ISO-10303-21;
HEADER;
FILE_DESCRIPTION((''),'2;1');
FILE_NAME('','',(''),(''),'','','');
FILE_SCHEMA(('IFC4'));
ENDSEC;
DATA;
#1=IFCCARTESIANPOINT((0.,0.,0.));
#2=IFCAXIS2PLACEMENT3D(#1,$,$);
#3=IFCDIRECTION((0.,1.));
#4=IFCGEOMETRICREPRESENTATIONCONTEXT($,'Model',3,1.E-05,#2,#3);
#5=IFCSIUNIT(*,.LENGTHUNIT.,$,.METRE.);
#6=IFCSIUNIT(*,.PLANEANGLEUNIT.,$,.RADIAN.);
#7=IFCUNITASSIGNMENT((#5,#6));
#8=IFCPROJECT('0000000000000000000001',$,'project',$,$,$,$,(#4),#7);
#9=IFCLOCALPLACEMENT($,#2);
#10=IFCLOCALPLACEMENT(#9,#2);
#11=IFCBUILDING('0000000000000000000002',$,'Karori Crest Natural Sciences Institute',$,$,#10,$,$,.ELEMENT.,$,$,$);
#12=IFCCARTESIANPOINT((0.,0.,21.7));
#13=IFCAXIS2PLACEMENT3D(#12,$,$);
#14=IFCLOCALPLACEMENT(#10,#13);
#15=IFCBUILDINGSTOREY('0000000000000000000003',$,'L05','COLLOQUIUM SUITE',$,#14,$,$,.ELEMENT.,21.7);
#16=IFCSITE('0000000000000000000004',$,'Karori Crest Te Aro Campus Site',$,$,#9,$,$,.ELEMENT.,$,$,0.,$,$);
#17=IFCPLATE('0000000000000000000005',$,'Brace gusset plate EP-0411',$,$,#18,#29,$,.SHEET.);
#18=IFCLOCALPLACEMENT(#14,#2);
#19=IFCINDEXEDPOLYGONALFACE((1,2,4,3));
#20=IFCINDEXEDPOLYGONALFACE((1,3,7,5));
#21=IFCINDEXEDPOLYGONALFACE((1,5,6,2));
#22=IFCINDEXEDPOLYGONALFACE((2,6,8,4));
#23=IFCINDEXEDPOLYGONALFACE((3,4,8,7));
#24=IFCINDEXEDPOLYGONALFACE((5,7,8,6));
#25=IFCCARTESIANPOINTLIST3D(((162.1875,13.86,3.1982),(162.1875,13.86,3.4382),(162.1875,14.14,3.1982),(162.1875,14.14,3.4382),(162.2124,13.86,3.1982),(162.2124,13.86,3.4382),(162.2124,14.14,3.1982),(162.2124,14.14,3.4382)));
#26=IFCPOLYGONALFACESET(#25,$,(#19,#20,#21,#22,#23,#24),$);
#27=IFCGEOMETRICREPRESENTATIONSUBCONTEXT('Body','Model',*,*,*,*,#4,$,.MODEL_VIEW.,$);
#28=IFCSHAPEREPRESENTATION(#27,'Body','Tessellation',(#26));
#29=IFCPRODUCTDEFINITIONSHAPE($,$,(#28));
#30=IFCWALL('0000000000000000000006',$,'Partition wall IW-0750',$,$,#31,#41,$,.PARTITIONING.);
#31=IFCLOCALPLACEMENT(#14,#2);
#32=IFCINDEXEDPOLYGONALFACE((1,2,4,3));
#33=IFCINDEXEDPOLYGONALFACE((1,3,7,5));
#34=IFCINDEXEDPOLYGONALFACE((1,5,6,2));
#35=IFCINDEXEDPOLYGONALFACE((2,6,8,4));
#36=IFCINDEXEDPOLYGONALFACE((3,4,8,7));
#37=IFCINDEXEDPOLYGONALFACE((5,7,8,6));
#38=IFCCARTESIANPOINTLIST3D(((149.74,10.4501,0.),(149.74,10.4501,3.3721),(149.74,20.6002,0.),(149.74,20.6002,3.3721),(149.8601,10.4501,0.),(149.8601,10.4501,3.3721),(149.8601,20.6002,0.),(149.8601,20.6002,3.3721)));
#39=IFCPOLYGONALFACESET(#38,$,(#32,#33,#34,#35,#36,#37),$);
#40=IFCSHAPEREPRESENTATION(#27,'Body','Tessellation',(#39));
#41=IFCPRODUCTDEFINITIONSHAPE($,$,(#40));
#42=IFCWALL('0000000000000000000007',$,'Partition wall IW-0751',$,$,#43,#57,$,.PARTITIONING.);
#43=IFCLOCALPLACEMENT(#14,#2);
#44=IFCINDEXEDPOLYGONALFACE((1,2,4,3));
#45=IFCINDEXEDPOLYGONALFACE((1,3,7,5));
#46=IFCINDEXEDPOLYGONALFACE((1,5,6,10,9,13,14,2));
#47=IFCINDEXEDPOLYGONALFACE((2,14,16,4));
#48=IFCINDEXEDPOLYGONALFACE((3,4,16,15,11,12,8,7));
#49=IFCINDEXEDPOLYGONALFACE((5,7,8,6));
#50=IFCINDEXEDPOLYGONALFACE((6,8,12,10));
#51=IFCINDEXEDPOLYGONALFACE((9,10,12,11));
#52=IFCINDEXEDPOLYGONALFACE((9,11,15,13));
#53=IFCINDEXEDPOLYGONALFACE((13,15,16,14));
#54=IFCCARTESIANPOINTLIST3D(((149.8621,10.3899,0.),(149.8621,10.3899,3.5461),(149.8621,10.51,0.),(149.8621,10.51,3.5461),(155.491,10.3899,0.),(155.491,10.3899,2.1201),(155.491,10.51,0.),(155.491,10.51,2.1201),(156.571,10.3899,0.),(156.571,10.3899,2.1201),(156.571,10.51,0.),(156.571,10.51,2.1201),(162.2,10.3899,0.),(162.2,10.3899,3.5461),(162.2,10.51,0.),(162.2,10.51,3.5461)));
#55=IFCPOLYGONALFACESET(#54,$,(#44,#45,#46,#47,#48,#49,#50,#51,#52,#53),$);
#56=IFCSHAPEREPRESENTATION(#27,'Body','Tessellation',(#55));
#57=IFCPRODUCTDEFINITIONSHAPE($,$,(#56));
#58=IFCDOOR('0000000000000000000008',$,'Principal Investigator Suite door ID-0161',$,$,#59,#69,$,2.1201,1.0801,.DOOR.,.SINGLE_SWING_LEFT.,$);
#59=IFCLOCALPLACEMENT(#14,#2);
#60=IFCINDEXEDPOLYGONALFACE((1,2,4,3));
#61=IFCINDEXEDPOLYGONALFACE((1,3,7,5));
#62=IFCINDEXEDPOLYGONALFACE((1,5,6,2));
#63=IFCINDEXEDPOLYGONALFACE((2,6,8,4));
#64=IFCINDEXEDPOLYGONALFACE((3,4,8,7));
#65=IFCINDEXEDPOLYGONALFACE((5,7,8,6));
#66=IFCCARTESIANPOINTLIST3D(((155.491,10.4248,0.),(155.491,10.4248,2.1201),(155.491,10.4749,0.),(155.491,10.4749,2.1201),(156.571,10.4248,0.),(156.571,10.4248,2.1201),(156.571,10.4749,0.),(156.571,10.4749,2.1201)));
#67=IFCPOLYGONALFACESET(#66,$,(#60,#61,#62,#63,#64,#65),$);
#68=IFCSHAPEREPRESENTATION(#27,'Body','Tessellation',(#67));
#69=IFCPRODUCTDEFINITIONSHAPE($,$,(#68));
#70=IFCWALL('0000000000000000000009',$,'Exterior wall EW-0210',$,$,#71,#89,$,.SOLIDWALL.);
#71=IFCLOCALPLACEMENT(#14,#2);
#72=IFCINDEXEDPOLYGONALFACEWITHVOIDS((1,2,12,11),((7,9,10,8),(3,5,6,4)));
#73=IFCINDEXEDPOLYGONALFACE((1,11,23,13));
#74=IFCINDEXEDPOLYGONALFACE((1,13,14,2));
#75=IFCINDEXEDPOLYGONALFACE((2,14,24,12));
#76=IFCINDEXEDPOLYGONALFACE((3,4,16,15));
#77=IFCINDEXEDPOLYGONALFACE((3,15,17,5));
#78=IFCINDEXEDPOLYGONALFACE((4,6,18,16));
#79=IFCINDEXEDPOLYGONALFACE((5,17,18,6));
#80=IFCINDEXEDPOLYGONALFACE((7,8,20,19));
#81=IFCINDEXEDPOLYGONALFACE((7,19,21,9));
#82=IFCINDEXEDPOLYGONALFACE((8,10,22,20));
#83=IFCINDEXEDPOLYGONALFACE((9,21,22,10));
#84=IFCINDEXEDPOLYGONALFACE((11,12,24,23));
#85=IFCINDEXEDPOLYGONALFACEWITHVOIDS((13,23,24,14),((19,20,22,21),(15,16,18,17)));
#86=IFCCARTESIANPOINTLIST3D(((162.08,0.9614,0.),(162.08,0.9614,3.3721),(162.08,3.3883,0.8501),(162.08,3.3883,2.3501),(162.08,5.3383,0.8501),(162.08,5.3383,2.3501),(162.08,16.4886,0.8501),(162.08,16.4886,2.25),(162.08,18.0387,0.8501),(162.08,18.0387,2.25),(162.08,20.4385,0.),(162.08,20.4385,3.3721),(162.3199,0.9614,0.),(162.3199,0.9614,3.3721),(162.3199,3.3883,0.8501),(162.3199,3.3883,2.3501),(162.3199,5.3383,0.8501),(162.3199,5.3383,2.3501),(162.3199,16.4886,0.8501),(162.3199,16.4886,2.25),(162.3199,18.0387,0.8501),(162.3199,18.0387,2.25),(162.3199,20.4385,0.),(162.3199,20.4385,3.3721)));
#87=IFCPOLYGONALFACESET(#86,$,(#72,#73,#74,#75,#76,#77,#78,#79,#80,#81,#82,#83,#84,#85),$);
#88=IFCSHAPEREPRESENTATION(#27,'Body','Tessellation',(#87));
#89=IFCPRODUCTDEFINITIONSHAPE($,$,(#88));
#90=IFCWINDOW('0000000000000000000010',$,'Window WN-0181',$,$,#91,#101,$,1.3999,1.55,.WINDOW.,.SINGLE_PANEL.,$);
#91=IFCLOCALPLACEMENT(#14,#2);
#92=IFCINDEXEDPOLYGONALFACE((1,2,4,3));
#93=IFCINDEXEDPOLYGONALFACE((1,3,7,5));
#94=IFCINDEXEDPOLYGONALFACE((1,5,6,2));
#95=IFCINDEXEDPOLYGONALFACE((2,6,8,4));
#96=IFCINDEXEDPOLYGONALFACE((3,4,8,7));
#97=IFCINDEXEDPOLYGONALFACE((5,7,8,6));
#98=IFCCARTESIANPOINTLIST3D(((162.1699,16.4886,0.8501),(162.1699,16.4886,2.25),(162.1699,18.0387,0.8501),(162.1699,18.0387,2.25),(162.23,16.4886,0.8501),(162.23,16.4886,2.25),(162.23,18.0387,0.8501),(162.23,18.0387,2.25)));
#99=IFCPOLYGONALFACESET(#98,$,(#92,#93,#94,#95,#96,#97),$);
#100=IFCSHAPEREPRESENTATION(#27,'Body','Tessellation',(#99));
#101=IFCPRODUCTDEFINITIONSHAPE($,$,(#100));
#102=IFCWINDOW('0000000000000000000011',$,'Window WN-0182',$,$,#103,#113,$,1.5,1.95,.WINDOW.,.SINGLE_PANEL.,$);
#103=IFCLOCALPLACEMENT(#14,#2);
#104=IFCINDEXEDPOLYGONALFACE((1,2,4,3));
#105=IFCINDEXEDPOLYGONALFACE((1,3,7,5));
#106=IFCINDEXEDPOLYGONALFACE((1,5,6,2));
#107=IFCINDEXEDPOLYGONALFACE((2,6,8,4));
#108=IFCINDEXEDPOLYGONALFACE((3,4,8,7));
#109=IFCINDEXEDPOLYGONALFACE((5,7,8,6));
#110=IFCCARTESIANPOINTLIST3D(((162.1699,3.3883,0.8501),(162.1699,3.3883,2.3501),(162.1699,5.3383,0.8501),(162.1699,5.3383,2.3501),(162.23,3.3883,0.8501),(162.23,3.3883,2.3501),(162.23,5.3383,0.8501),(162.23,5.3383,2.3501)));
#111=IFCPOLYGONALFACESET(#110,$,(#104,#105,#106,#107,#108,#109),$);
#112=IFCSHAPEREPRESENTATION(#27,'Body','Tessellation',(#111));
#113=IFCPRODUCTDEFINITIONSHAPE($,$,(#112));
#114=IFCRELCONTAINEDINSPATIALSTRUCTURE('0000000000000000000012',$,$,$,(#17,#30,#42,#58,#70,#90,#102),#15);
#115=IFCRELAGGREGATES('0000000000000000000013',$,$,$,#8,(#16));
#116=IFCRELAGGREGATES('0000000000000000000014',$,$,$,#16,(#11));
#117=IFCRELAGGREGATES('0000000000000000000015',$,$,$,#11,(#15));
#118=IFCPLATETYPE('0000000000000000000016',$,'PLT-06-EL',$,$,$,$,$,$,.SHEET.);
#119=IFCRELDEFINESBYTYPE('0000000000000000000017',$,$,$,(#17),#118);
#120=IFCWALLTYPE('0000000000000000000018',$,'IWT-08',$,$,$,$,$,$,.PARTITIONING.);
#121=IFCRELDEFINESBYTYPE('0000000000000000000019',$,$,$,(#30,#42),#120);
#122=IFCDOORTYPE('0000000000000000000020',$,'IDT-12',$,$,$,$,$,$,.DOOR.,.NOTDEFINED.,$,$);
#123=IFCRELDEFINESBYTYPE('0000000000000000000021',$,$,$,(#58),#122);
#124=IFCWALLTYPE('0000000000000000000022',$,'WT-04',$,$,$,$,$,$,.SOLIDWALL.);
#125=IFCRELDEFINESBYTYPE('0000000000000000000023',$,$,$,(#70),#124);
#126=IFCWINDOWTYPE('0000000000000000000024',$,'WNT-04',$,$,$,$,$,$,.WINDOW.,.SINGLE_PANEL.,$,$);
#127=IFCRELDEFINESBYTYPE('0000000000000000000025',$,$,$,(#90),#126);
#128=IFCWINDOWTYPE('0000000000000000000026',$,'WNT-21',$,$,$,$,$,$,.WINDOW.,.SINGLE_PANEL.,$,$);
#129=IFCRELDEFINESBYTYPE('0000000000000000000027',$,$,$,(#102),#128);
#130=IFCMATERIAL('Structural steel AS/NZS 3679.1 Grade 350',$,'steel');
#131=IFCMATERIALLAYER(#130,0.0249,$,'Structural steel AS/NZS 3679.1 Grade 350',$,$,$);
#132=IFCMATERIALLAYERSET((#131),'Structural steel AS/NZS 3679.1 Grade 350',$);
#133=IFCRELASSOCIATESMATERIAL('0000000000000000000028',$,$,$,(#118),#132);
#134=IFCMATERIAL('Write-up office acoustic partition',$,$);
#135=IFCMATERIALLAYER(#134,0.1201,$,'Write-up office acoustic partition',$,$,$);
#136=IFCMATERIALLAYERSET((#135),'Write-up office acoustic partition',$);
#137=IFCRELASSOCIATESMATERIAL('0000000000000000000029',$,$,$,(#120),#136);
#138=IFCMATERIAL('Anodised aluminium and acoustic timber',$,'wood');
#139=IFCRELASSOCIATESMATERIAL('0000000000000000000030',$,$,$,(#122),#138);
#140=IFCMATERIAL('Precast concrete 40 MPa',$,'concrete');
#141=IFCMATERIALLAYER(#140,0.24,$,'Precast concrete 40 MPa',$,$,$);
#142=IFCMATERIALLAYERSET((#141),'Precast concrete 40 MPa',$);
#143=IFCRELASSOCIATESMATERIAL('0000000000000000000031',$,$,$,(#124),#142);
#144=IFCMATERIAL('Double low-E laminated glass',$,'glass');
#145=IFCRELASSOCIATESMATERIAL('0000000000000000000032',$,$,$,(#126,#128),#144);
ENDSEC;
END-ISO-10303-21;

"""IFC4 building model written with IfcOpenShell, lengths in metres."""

from ifc_helpers import new_model, si_unit, direction, frame, frame_2d, origin, origin_2d, place, context, subcontext, project, spatial, rectangle, extrude, material, layer, layer_set, type_object, element, fill, save


model = new_model("IFC4")

# Units and contexts
model_context = context("Model", 3, precision=1e-05, world=origin(), true_north=direction((0.0, 1.0)))
body_context = subcontext(model_context, "Body", "Model", "MODEL_VIEW")
ifc_project = project(units=[si_unit("LENGTHUNIT", "METRE"), si_unit("PLANEANGLEUNIT", "RADIAN")], contexts=[model_context])

# Site, building, storey
site_placement = place(None, origin())
site = spatial("IfcSite", under=ifc_project, at=site_placement, Name="Karori Crest Te Aro Campus Site", CompositionType="ELEMENT", RefElevation=0.0)
building_placement = place(site_placement, origin())
building = spatial("IfcBuilding", under=site, at=building_placement, Name="Karori Crest Natural Sciences Institute", CompositionType="ELEMENT")
storey_placement = place(building_placement, frame((0.0, 0.0, 21.7)))
storey = spatial("IfcBuildingStorey", under=building, at=storey_placement, Name="L05", Description="COLLOQUIUM SUITE", CompositionType="ELEMENT", Elevation=21.7)

# Shared definitions
ifc_material_1 = material(Name="Structural steel AS/NZS 3679.1 Grade 350", Category="steel")

# Plate
ifc_layer_1 = layer(ifc_material_1, 0.0249, Name="Structural steel AS/NZS 3679.1 Grade 350")
ifc_layer_set_1 = layer_set([ifc_layer_1], Name="Structural steel AS/NZS 3679.1 Grade 350")
plate_type = type_object("IfcPlateType", Name="PLT-06-EL", PredefinedType="SHEET", material=ifc_layer_set_1)
for number, where, z_axis, x_axis, name in (
    (1, (162.2, 14.0, 3.1982), (0.0, 0.0, 1.0), (0.0, 1.0, 0.0), "Brace gusset plate EP-0411"),
):
    element("IfcPlate", number, at=place(storey_placement, frame(where, z_axis=z_axis, x_axis=x_axis)), inside=storey, type_object=plate_type, Name=name, PredefinedType="SHEET", context=body_context, shape_type="SweptSolid", body=[
        extrude(rectangle(XDim=0.28, YDim=0.0249, at=origin_2d()), origin(), (0.0, 0.0, 1.0), 0.24),
    ])

# Wall
ifc_material_2 = material(Name="Write-up office acoustic partition")
ifc_layer_2 = layer(ifc_material_2, 0.1201, Name="Write-up office acoustic partition")
ifc_layer_set_2 = layer_set([ifc_layer_2], Name="Write-up office acoustic partition")
wall_type_1 = type_object("IfcWallType", Name="IWT-08", PredefinedType="PARTITIONING", material=ifc_layer_set_2)
wall_1_placement = place(storey_placement, frame((149.8, 10.45, 0.0), z_axis=(0.0, 0.0, 1.0), x_axis=(0.0, 1.0, 0.0)))
element("IfcWall", 2, at=wall_1_placement, inside=storey, type_object=wall_type_1, Name="Partition wall IW-0750", PredefinedType="PARTITIONING", context=body_context, shape_type="SweptSolid", body=[
    extrude(rectangle(XDim=10.1501, YDim=0.1201, at=frame_2d((5.0752, 0.0))), origin(), (0.0, 0.0, 1.0), 3.3721),
])

# Wall, opening, door
wall_2_placement = place(storey_placement, frame((149.8621, 10.45, 0.0), z_axis=(0.0, 0.0, 1.0), x_axis=(1.0, 0.0, 0.0)))
wall_2 = element("IfcWall", 3, at=wall_2_placement, inside=storey, type_object=wall_type_1, Name="Partition wall IW-0751", PredefinedType="PARTITIONING", context=body_context, shape_type="SweptSolid", body=[
    extrude(rectangle(XDim=12.3379, YDim=0.1201, at=frame_2d((6.1689, 0.0))), origin(), (0.0, 0.0, 1.0), 3.5461),
])
opening_1_placement = place(wall_2_placement, frame((5.6289, 0.0, 0.0)))
opening_1 = element("IfcOpeningElement", 4, at=opening_1_placement, cuts=wall_2, PredefinedType="OPENING", context=body_context, shape_type="SweptSolid", body=[
    extrude(rectangle(XDim=1.0801, YDim=2.1201, at=frame_2d((0.54, 1.0601))), frame((0.0, 0.0701, 0.0), z_axis=(0.0, -1.0, 0.0), x_axis=(1.0, 0.0, 0.0)), (0.0, 0.0, 1.0), 0.1401),
])
ifc_material_3 = material(Name="Anodised aluminium and acoustic timber", Category="wood")
door_type = type_object("IfcDoorType", Name="IDT-12", OperationType="NOTDEFINED", PredefinedType="DOOR", material=ifc_material_3)
door_placement = place(opening_1_placement, origin())
door = element("IfcDoor", 5, at=door_placement, inside=storey, type_object=door_type, Name="Principal Investigator Suite door ID-0161", OperationType="SINGLE_SWING_LEFT", OverallHeight=2.1201, OverallWidth=1.0801, PredefinedType="DOOR", context=body_context, shape_type="SweptSolid", body=[
    extrude(rectangle(XDim=1.0801, YDim=2.1201, at=frame_2d((0.54, 1.0601))), frame((0.0, 0.0249, 0.0), z_axis=(0.0, -1.0, 0.0), x_axis=(1.0, 0.0, 0.0)), (0.0, 0.0, 1.0), 0.05),
])
fill(opening_1, door)

# Wall, openings, windows
ifc_material_4 = material(Name="Precast concrete 40 MPa", Category="concrete")
ifc_layer_3 = layer(ifc_material_4, 0.24, Name="Precast concrete 40 MPa")
ifc_layer_set_3 = layer_set([ifc_layer_3], Name="Precast concrete 40 MPa")
wall_type_2 = type_object("IfcWallType", Name="WT-04", PredefinedType="SOLIDWALL", material=ifc_layer_set_3)
wall_3_placement = place(storey_placement, frame((162.2, 20.4385, 0.0), z_axis=(0.0, 0.0, 1.0), x_axis=(0.0, -1.0, 0.0)))
wall_3 = element("IfcWall", 6, at=wall_3_placement, inside=storey, type_object=wall_type_2, Name="Exterior wall EW-0210", PredefinedType="SOLIDWALL", context=body_context, shape_type="SweptSolid", body=[
    extrude(rectangle(XDim=19.4771, YDim=0.24, at=frame_2d((9.7385, 0.0))), origin(), (0.0, 0.0, 1.0), 3.3721),
])
opening_2_placement = place(wall_3_placement, frame((2.3999, 0.0, 0.8501)))
opening_2 = element("IfcOpeningElement", 7, at=opening_2_placement, cuts=wall_3, PredefinedType="OPENING", context=body_context, shape_type="SweptSolid", body=[
    extrude(rectangle(XDim=1.55, YDim=1.3999, at=frame_2d((0.7749, 0.7))), frame((0.0, 0.1299, 0.0), z_axis=(0.0, -1.0, 0.0), x_axis=(1.0, 0.0, 0.0)), (0.0, 0.0, 1.0), 0.26),
])
opening_3_placement = place(wall_3_placement, frame((15.1001, 0.0, 0.8501)))
opening_3 = element("IfcOpeningElement", 8, at=opening_3_placement, cuts=wall_3, PredefinedType="OPENING", context=body_context, shape_type="SweptSolid", body=[
    extrude(rectangle(XDim=1.95, YDim=1.5, at=frame_2d((0.9751, 0.75))), frame((0.0, 0.1299, 0.0), z_axis=(0.0, -1.0, 0.0), x_axis=(1.0, 0.0, 0.0)), (0.0, 0.0, 1.0), 0.26),
])
ifc_material_5 = material(Name="Double low-E laminated glass", Category="glass")
window_type_1 = type_object("IfcWindowType", Name="WNT-04", PartitioningType="SINGLE_PANEL", PredefinedType="WINDOW", material=ifc_material_5)
window_1_placement = place(opening_2_placement, origin())
window_1 = element("IfcWindow", 9, at=window_1_placement, inside=storey, type_object=window_type_1, Name="Window WN-0181", OverallHeight=1.3999, OverallWidth=1.55, PartitioningType="SINGLE_PANEL", PredefinedType="WINDOW", context=body_context, shape_type="SweptSolid", body=[
    extrude(rectangle(XDim=1.55, YDim=1.3999, at=frame_2d((0.7749, 0.7))), frame((0.0, 0.03, 0.0), z_axis=(0.0, -1.0, 0.0), x_axis=(1.0, 0.0, 0.0)), (0.0, 0.0, 1.0), 0.0601),
])
fill(opening_2, window_1)
window_type_2 = type_object("IfcWindowType", Name="WNT-21", PartitioningType="SINGLE_PANEL", PredefinedType="WINDOW", material=ifc_material_5)
window_2_placement = place(opening_3_placement, origin())
window_2 = element("IfcWindow", 10, at=window_2_placement, inside=storey, type_object=window_type_2, Name="Window WN-0182", OverallHeight=1.5, OverallWidth=1.95, PartitioningType="SINGLE_PANEL", PredefinedType="WINDOW", context=body_context, shape_type="SweptSolid", body=[
    extrude(rectangle(XDim=1.95, YDim=1.5, at=frame_2d((0.9751, 0.75))), frame((0.0, 0.03, 0.0), z_axis=(0.0, -1.0, 0.0), x_axis=(1.0, 0.0, 0.0)), (0.0, 0.0, 1.0), 0.0601),
])
fill(opening_3, window_2)

save(model, "model.ifc")
